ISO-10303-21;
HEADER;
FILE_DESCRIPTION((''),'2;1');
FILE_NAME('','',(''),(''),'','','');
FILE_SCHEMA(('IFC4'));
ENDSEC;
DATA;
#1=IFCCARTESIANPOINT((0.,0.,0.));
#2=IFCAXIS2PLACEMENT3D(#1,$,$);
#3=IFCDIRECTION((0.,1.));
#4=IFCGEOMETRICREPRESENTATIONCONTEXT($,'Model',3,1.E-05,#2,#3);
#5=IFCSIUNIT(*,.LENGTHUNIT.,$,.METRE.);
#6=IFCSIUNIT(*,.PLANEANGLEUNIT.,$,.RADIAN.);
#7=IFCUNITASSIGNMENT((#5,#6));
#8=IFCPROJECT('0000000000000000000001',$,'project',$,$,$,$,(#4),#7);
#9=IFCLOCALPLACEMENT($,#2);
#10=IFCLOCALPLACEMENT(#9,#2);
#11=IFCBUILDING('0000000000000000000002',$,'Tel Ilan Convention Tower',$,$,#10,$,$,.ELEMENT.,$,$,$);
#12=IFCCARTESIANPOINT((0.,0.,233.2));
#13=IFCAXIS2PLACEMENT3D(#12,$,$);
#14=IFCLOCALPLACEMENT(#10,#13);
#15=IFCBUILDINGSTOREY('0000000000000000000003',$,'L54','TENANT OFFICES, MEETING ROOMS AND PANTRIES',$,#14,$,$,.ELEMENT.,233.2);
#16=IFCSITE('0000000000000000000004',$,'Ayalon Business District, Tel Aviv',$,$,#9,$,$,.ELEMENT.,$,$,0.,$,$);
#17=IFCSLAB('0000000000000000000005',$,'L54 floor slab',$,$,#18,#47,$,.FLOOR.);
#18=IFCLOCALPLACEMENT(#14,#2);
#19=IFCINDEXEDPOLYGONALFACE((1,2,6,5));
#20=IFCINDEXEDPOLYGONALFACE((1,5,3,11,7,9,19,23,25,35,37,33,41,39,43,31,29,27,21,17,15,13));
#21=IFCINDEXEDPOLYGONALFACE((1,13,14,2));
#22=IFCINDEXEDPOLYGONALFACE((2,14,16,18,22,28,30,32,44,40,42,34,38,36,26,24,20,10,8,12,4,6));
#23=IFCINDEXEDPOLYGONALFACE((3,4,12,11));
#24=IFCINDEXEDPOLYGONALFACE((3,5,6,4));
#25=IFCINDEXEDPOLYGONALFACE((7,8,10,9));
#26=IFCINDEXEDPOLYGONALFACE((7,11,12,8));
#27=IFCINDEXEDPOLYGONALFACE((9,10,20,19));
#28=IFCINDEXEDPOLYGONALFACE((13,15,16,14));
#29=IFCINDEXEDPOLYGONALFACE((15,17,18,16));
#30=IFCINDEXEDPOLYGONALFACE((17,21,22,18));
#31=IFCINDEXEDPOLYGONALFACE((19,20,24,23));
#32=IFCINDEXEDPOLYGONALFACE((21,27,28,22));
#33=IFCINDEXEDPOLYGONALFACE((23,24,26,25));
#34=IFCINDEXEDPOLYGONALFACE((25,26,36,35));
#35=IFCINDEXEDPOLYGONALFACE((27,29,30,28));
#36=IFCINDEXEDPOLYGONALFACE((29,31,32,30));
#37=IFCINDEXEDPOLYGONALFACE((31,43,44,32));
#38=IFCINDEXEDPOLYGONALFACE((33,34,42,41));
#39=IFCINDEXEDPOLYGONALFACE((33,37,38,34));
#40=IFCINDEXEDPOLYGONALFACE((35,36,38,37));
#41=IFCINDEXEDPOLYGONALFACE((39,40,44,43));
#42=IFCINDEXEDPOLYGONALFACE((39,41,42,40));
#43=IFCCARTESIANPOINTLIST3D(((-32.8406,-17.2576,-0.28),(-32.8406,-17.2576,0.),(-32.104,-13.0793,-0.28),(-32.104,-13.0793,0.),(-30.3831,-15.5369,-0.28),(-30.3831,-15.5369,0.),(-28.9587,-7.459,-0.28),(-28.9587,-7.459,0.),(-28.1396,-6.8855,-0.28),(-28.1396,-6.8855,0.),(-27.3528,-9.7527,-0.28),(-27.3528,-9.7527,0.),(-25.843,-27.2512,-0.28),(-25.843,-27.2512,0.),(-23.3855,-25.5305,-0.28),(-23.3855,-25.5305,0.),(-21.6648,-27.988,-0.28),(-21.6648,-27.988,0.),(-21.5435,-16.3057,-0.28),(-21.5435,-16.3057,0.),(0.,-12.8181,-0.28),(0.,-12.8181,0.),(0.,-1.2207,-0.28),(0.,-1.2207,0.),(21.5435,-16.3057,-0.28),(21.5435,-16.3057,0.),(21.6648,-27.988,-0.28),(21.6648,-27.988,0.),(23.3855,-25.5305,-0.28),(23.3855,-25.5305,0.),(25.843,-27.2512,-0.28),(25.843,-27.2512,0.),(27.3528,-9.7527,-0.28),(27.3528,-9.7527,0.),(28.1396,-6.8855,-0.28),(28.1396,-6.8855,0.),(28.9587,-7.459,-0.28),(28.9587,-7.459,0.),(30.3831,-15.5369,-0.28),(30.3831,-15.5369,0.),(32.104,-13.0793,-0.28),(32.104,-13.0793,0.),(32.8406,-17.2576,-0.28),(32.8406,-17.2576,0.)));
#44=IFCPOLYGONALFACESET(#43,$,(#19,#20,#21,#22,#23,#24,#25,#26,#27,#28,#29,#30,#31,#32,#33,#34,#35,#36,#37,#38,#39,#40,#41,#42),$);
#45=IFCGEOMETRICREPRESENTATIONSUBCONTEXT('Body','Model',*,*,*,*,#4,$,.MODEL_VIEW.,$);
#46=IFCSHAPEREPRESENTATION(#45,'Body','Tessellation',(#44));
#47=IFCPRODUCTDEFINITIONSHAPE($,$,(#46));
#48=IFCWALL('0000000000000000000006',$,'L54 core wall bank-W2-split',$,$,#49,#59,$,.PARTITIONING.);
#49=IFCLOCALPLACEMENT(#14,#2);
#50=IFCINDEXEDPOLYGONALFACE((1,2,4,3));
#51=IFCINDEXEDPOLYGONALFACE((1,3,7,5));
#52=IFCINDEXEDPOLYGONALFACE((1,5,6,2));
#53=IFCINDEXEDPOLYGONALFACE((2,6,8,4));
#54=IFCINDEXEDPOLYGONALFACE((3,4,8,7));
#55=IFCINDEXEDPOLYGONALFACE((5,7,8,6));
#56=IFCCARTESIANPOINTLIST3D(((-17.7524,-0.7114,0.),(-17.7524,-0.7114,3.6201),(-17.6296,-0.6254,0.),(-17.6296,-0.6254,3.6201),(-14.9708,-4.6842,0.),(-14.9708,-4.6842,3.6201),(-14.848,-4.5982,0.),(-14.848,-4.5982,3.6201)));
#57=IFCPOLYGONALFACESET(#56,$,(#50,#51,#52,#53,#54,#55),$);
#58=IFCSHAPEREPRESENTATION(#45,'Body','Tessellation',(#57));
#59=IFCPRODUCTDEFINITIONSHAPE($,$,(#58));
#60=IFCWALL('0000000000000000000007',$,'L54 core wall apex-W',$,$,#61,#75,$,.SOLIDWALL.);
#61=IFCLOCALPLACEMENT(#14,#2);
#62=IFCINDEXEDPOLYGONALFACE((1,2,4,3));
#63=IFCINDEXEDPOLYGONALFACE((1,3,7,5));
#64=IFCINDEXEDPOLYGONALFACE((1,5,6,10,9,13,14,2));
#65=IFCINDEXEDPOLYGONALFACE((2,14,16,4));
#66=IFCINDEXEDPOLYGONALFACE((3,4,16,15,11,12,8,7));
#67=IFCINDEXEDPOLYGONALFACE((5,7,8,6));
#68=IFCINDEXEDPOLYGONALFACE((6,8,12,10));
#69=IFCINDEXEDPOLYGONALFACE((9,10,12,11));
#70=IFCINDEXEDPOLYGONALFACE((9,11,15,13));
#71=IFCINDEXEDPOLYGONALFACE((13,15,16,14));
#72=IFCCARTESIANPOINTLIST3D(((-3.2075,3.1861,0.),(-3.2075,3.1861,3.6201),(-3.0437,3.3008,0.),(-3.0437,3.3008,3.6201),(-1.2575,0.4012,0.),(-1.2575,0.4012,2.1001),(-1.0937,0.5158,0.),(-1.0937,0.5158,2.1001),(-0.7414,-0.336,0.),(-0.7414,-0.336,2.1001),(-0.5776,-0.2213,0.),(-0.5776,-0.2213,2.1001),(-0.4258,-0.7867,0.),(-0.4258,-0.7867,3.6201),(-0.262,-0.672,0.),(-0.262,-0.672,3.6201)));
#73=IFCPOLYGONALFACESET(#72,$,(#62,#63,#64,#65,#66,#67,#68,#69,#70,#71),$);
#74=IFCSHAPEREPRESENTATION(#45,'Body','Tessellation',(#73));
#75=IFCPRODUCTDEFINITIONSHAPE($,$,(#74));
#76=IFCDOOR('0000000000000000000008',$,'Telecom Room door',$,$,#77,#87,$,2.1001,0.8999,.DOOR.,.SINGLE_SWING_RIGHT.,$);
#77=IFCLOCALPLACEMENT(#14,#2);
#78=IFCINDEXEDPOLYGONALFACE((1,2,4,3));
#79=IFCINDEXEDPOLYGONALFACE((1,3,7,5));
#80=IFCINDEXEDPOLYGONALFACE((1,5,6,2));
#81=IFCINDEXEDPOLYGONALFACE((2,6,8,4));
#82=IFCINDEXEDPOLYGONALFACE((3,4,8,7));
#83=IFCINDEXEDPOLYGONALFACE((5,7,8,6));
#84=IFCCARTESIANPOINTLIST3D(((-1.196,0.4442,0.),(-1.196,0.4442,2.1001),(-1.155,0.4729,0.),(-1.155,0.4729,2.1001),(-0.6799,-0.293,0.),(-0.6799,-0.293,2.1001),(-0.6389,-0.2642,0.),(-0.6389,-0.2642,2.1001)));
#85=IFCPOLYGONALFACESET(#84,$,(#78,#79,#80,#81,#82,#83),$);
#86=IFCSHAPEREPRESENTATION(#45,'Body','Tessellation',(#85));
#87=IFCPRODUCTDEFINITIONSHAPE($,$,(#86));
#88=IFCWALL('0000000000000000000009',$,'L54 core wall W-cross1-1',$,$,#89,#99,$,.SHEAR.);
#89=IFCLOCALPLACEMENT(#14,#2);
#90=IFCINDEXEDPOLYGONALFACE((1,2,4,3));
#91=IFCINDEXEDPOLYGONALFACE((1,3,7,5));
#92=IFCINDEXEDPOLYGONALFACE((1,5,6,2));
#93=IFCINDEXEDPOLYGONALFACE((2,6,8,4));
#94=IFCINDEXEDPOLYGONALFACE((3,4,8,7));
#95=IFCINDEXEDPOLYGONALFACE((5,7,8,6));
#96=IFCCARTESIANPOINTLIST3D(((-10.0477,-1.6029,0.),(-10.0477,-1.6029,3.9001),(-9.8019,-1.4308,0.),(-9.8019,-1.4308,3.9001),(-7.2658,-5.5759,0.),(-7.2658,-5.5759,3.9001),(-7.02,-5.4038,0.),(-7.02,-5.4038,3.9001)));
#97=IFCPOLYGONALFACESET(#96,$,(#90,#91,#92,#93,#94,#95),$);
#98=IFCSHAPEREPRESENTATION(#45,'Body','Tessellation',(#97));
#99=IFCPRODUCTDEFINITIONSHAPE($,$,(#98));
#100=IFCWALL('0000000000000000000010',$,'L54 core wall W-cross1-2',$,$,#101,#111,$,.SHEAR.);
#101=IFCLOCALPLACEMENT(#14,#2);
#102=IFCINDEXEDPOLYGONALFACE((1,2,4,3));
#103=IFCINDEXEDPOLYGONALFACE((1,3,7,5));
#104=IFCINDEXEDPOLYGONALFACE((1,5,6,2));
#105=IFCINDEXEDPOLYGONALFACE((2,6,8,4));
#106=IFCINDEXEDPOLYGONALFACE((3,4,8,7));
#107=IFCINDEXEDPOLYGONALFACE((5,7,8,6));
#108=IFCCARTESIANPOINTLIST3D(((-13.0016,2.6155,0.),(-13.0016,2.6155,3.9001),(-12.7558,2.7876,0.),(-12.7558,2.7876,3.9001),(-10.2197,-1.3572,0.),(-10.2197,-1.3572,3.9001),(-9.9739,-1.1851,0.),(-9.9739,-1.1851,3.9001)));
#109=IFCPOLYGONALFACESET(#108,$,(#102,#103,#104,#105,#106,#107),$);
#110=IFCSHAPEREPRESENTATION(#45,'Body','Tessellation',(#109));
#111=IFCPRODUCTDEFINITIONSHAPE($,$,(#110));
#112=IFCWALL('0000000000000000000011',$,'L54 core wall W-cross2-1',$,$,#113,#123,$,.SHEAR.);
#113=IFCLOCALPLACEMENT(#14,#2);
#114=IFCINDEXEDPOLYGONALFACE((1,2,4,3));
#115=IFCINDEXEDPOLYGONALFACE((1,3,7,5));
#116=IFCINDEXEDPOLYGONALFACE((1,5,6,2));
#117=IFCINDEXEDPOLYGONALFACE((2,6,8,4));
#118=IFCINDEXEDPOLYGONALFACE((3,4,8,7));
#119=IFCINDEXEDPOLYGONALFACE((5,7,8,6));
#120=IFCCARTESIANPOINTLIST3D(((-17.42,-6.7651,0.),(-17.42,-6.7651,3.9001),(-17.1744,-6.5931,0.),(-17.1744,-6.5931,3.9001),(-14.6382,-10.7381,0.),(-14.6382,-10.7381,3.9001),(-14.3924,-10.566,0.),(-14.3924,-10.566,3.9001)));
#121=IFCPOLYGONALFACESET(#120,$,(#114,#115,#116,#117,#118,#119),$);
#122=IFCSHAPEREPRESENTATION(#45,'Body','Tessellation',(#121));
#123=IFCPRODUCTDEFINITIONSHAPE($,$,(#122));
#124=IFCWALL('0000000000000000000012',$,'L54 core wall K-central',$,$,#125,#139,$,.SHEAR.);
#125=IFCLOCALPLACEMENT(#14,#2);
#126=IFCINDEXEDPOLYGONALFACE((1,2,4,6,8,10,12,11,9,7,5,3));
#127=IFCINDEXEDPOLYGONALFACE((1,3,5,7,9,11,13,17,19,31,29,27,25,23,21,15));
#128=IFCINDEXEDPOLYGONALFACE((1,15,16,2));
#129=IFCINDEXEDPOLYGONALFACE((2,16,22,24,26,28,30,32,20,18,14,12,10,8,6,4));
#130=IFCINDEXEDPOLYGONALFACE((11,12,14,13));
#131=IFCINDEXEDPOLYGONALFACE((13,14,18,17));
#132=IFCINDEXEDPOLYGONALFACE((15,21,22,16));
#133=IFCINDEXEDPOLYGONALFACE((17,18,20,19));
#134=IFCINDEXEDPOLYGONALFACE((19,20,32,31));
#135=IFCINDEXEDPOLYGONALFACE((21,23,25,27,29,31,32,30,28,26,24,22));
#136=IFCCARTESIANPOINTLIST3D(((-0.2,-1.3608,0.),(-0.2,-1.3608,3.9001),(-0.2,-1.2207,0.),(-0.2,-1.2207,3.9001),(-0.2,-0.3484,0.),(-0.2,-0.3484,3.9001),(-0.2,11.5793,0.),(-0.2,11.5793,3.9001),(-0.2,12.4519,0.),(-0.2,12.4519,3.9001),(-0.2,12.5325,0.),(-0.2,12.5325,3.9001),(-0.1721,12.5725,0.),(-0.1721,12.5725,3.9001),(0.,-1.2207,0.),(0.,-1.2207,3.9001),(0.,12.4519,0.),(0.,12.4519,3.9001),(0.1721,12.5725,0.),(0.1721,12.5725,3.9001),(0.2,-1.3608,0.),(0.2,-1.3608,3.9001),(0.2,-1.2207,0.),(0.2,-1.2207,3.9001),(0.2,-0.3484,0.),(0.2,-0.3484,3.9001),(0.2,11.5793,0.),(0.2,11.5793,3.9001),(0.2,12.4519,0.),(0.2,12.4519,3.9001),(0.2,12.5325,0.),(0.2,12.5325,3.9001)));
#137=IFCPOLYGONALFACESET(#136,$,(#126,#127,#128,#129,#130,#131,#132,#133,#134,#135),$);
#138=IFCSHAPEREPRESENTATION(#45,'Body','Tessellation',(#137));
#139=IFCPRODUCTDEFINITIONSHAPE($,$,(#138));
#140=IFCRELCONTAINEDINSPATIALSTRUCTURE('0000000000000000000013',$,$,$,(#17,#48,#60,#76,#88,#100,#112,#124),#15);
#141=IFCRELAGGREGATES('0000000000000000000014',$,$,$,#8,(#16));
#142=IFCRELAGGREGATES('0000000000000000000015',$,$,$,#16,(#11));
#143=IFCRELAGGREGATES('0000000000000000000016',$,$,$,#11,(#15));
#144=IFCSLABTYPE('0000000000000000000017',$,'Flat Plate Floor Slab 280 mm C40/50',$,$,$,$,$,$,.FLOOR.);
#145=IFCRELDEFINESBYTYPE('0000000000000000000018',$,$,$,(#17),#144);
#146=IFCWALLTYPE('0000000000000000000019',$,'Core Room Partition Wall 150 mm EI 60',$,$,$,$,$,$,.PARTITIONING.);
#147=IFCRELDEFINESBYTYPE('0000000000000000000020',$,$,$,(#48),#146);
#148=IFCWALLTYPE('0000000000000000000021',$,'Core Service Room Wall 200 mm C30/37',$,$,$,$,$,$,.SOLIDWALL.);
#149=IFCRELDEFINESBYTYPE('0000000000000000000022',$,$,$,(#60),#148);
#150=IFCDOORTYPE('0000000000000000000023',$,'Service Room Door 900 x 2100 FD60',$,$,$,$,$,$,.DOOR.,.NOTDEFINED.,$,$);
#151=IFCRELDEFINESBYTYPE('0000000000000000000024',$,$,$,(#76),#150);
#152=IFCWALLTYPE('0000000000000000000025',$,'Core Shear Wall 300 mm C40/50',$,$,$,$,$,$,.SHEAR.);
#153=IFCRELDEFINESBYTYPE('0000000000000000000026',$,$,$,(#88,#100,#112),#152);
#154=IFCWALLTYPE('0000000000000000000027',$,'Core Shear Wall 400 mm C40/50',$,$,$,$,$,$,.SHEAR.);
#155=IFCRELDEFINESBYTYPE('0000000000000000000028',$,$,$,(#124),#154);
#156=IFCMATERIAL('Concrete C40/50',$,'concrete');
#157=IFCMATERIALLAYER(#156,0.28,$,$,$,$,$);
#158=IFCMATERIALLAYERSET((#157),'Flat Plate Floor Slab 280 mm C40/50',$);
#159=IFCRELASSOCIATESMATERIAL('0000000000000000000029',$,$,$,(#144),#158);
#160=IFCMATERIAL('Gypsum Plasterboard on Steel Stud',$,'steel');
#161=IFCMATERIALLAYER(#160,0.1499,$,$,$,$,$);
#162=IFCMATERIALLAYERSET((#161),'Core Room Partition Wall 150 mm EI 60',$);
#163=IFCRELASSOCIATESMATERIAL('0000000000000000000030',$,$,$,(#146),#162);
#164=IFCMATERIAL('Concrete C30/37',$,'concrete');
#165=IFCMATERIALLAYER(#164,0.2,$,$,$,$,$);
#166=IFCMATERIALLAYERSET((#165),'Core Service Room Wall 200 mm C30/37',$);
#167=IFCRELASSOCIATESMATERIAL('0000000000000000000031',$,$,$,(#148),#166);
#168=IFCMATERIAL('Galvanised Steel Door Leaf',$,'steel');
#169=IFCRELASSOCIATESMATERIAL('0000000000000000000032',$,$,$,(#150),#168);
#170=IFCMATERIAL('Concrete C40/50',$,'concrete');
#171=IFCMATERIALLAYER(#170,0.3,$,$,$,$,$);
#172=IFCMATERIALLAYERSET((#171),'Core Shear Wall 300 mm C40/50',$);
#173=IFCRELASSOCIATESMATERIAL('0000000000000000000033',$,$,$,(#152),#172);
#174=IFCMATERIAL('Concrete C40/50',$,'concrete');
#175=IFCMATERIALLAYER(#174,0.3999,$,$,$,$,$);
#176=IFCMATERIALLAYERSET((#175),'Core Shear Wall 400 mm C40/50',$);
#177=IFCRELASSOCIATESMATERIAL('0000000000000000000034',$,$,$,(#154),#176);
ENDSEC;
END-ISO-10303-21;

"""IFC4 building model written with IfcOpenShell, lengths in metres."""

from ifc_helpers import new_model, si_unit, direction, frame, frame_2d, origin, place, context, subcontext, project, spatial, polyline, rectangle, outline, extrude, material, layer, layer_set, type_object, element, fill, save


model = new_model("IFC4")

# Units and contexts
model_context = context("Model", 3, precision=1e-05, world=origin(), true_north=direction((0.0, 1.0)))
body_context = subcontext(model_context, "Body", "Model", "MODEL_VIEW")
ifc_project = project(units=[si_unit("LENGTHUNIT", "METRE"), si_unit("PLANEANGLEUNIT", "RADIAN")], contexts=[model_context])

# Site, building, storey
site_placement = place(None, origin())
site = spatial("IfcSite", under=ifc_project, at=site_placement, Name="Ayalon Business District, Tel Aviv", CompositionType="ELEMENT", RefElevation=0.0)
building_placement = place(site_placement, origin())
building = spatial("IfcBuilding", under=site, at=building_placement, Name="Tel Ilan Convention Tower", CompositionType="ELEMENT")
storey_placement = place(building_placement, frame((0.0, 0.0, 233.2)))
storey = spatial("IfcBuildingStorey", under=building, at=storey_placement, Name="L54", Description="TENANT OFFICES, MEETING ROOMS AND PANTRIES", CompositionType="ELEMENT", Elevation=233.2)

# Slab
ifc_material_1 = material(Name="Concrete C40/50", Category="concrete")
ifc_layer_1 = layer(ifc_material_1, 0.28)
ifc_layer_set_1 = layer_set([ifc_layer_1], Name="Flat Plate Floor Slab 280 mm C40/50")
slab_type_1 = type_object("IfcSlabType", Name="Flat Plate Floor Slab 280 mm C40/50", PredefinedType="FLOOR", material=ifc_layer_set_1)
slab_1_placement = place(storey_placement, frame((0.0, 0.0, -0.28)))
element("IfcSlab", 1, at=slab_1_placement, inside=storey, type_object=slab_type_1, Name="L54 floor slab", PredefinedType="FLOOR", context=body_context, shape_type="SweptSolid", body=[
    extrude(outline(polyline([(21.5435, -16.3057), (28.1396, -6.8855), (28.9587, -7.459), (27.3528, -9.7527), (32.104, -13.0793), (30.3831, -15.5369), (32.8406, -17.2576), (25.843, -27.2512), (23.3855, -25.5305), (21.6648, -27.988), (0.0, -12.8181), (-21.6648, -27.988), (-23.3855, -25.5305), (-25.843, -27.2512), (-32.8406, -17.2576), (-30.3831, -15.5369), (-32.104, -13.0793), (-27.3528, -9.7527), (-28.9587, -7.459), (-28.1396, -6.8855), (-21.5435, -16.3057), (0.0, -1.2207), (21.5435, -16.3057)])), origin(), (0.0, 0.0, 1.0), 0.28),
])

# Wall
ifc_material_2 = material(Name="Gypsum Plasterboard on Steel Stud", Category="steel")
ifc_layer_2 = layer(ifc_material_2, 0.1499)
ifc_layer_set_2 = layer_set([ifc_layer_2], Name="Core Room Partition Wall 150 mm EI 60")
wall_type_1 = type_object("IfcWallType", Name="Core Room Partition Wall 150 mm EI 60", PredefinedType="PARTITIONING", material=ifc_layer_set_2)
wall_1_placement = place(storey_placement, frame((-14.9094, -4.6411, 0.0), z_axis=(0.0, 0.0, 1.0), x_axis=(-0.57356, 0.819163, 0.0)))
element("IfcWall", 2, at=wall_1_placement, inside=storey, type_object=wall_type_1, Name="L54 core wall bank-W2-split", PredefinedType="PARTITIONING", context=body_context, shape_type="SweptSolid", body=[
    extrude(rectangle(XDim=4.8499, YDim=0.1499, at=frame_2d((2.4248, 0.0))), origin(), (0.0, 0.0, 1.0), 3.6201),
])

# Wall, opening, door
ifc_material_3 = material(Name="Concrete C30/37", Category="concrete")
ifc_layer_3 = layer(ifc_material_3, 0.2)
ifc_layer_set_3 = layer_set([ifc_layer_3], Name="Core Service Room Wall 200 mm C30/37")
wall_type_2 = type_object("IfcWallType", Name="Core Service Room Wall 200 mm C30/37", PredefinedType="SOLIDWALL", material=ifc_layer_set_3)
wall_2_placement = place(storey_placement, frame((-0.344, -0.7292, 0.0), z_axis=(0.0, 0.0, 1.0), x_axis=(-0.57356, 0.819163, 0.0)))
wall_2 = element("IfcWall", 3, at=wall_2_placement, inside=storey, type_object=wall_type_2, Name="L54 core wall apex-W", PredefinedType="SOLIDWALL", context=body_context, shape_type="SweptSolid", body=[
    extrude(rectangle(XDim=4.8499, YDim=0.2, at=frame_2d((2.4248, 0.0))), origin(), (0.0, 0.0, 1.0), 3.6201),
])
opening_1_placement = place(wall_2_placement, frame((0.55, 0.0, 0.0)))
opening_1 = element("IfcOpeningElement", 4, at=opening_1_placement, cuts=wall_2, PredefinedType="OPENING", context=body_context, shape_type="SweptSolid", body=[
    extrude(rectangle(XDim=0.8999, YDim=2.1001, at=frame_2d((0.45, 1.05))), frame((0.0, 0.1099, 0.0), z_axis=(0.0, -1.0, 0.0), x_axis=(1.0, 0.0, 0.0)), (0.0, 0.0, 1.0), 0.22),
])
ifc_material_4 = material(Name="Galvanised Steel Door Leaf", Category="steel")
door_type_1 = type_object("IfcDoorType", Name="Service Room Door 900 x 2100 FD60", OperationType="NOTDEFINED", PredefinedType="DOOR", material=ifc_material_4)
door_1_placement = place(opening_1_placement, origin())
door_1 = element("IfcDoor", 5, at=door_1_placement, inside=storey, type_object=door_type_1, Name="Telecom Room door", OperationType="SINGLE_SWING_RIGHT", OverallHeight=2.1001, OverallWidth=0.8999, PredefinedType="DOOR", context=body_context, shape_type="SweptSolid", body=[
    extrude(rectangle(XDim=0.8999, YDim=2.1001, at=frame_2d((0.45, 1.05))), frame((0.0, 0.0249, 0.0), z_axis=(0.0, -1.0, 0.0), x_axis=(1.0, 0.0, 0.0)), (0.0, 0.0, 1.0), 0.05),
])
fill(opening_1, door_1)

# Walls
ifc_material_5 = material(Name="Concrete C40/50", Category="concrete")
ifc_layer_4 = layer(ifc_material_5, 0.3)
ifc_layer_set_4 = layer_set([ifc_layer_4], Name="Core Shear Wall 300 mm C40/50")
wall_type_3 = type_object("IfcWallType", Name="Core Shear Wall 300 mm C40/50", PredefinedType="SHEAR", material=ifc_layer_set_4)
wall_3_placement = place(storey_placement, frame((-7.1428, -5.4897, 0.0), z_axis=(0.0, 0.0, 1.0), x_axis=(-0.573618, 0.819123, 0.0)))
element("IfcWall", 6, at=wall_3_placement, inside=storey, type_object=wall_type_3, Name="L54 core wall W-cross1-1", PredefinedType="SHEAR", context=body_context, shape_type="SweptSolid", body=[
    extrude(outline(polyline([(4.8501, 0.1499), (0.0, 0.1501), (0.0, -0.1499), (4.8501, -0.1501), (4.8501, 0.1499)])), origin(), (0.0, 0.0, 1.0), 3.9001),
])
wall_4_placement = place(storey_placement, frame((-10.0969, -1.2712, 0.0), z_axis=(0.0, 0.0, 1.0), x_axis=(-0.57356, 0.819163, 0.0)))
element("IfcWall", 7, at=wall_4_placement, inside=storey, type_object=wall_type_3, Name="L54 core wall W-cross1-2", PredefinedType="SHEAR", context=body_context, shape_type="SweptSolid", body=[
    extrude(outline(polyline([(4.8499, -0.1499), (4.8499, 0.1501), (0.0, 0.1499), (0.0, -0.1501), (4.8499, -0.1499)])), origin(), (0.0, 0.0, 1.0), 3.9001),
])
wall_5_placement = place(storey_placement, frame((-14.5154, -10.6521, 0.0), z_axis=(0.0, 0.0, 1.0), x_axis=(-0.57356, 0.819163, 0.0)))
element("IfcWall", 8, at=wall_5_placement, inside=storey, type_object=wall_type_3, Name="L54 core wall W-cross2-1", PredefinedType="SHEAR", context=body_context, shape_type="SweptSolid", body=[
    extrude(outline(polyline([(4.8501, 0.1499), (0.0, 0.1499), (0.0, -0.1501), (4.8501, -0.1499), (4.8501, 0.1499)])), origin(), (0.0, 0.0, 1.0), 3.9001),
])
ifc_material_6 = material(Name="Concrete C40/50", Category="concrete")
ifc_layer_5 = layer(ifc_material_6, 0.3999)
ifc_layer_set_5 = layer_set([ifc_layer_5], Name="Core Shear Wall 400 mm C40/50")
wall_type_4 = type_object("IfcWallType", Name="Core Shear Wall 400 mm C40/50", PredefinedType="SHEAR", material=ifc_layer_set_5)
wall_6_placement = place(storey_placement, frame((0.0, -1.3608, 0.0), z_axis=(0.0, 0.0, 1.0), x_axis=(0.0, 1.0, 0.0)))
element("IfcWall", 9, at=wall_6_placement, inside=storey, type_object=wall_type_4, Name="L54 core wall K-central", PredefinedType="SHEAR", context=body_context, shape_type="SweptSolid", body=[
    extrude(outline(polyline([(0.1401, 0.2), (0.0, 0.2), (0.1401, 0.0), (0.0, -0.2), (0.1401, -0.2), (1.0125, -0.2), (12.9402, -0.2), (13.8127, -0.2), (13.8933, -0.2), (13.9333, -0.1721), (13.8127, 0.0), (13.9333, 0.1721), (13.8933, 0.2), (13.8127, 0.2), (12.9402, 0.2), (1.0125, 0.2), (0.1401, 0.2)])), origin(), (0.0, 0.0, 1.0), 3.9001),
])

save(model, "model.ifc")
